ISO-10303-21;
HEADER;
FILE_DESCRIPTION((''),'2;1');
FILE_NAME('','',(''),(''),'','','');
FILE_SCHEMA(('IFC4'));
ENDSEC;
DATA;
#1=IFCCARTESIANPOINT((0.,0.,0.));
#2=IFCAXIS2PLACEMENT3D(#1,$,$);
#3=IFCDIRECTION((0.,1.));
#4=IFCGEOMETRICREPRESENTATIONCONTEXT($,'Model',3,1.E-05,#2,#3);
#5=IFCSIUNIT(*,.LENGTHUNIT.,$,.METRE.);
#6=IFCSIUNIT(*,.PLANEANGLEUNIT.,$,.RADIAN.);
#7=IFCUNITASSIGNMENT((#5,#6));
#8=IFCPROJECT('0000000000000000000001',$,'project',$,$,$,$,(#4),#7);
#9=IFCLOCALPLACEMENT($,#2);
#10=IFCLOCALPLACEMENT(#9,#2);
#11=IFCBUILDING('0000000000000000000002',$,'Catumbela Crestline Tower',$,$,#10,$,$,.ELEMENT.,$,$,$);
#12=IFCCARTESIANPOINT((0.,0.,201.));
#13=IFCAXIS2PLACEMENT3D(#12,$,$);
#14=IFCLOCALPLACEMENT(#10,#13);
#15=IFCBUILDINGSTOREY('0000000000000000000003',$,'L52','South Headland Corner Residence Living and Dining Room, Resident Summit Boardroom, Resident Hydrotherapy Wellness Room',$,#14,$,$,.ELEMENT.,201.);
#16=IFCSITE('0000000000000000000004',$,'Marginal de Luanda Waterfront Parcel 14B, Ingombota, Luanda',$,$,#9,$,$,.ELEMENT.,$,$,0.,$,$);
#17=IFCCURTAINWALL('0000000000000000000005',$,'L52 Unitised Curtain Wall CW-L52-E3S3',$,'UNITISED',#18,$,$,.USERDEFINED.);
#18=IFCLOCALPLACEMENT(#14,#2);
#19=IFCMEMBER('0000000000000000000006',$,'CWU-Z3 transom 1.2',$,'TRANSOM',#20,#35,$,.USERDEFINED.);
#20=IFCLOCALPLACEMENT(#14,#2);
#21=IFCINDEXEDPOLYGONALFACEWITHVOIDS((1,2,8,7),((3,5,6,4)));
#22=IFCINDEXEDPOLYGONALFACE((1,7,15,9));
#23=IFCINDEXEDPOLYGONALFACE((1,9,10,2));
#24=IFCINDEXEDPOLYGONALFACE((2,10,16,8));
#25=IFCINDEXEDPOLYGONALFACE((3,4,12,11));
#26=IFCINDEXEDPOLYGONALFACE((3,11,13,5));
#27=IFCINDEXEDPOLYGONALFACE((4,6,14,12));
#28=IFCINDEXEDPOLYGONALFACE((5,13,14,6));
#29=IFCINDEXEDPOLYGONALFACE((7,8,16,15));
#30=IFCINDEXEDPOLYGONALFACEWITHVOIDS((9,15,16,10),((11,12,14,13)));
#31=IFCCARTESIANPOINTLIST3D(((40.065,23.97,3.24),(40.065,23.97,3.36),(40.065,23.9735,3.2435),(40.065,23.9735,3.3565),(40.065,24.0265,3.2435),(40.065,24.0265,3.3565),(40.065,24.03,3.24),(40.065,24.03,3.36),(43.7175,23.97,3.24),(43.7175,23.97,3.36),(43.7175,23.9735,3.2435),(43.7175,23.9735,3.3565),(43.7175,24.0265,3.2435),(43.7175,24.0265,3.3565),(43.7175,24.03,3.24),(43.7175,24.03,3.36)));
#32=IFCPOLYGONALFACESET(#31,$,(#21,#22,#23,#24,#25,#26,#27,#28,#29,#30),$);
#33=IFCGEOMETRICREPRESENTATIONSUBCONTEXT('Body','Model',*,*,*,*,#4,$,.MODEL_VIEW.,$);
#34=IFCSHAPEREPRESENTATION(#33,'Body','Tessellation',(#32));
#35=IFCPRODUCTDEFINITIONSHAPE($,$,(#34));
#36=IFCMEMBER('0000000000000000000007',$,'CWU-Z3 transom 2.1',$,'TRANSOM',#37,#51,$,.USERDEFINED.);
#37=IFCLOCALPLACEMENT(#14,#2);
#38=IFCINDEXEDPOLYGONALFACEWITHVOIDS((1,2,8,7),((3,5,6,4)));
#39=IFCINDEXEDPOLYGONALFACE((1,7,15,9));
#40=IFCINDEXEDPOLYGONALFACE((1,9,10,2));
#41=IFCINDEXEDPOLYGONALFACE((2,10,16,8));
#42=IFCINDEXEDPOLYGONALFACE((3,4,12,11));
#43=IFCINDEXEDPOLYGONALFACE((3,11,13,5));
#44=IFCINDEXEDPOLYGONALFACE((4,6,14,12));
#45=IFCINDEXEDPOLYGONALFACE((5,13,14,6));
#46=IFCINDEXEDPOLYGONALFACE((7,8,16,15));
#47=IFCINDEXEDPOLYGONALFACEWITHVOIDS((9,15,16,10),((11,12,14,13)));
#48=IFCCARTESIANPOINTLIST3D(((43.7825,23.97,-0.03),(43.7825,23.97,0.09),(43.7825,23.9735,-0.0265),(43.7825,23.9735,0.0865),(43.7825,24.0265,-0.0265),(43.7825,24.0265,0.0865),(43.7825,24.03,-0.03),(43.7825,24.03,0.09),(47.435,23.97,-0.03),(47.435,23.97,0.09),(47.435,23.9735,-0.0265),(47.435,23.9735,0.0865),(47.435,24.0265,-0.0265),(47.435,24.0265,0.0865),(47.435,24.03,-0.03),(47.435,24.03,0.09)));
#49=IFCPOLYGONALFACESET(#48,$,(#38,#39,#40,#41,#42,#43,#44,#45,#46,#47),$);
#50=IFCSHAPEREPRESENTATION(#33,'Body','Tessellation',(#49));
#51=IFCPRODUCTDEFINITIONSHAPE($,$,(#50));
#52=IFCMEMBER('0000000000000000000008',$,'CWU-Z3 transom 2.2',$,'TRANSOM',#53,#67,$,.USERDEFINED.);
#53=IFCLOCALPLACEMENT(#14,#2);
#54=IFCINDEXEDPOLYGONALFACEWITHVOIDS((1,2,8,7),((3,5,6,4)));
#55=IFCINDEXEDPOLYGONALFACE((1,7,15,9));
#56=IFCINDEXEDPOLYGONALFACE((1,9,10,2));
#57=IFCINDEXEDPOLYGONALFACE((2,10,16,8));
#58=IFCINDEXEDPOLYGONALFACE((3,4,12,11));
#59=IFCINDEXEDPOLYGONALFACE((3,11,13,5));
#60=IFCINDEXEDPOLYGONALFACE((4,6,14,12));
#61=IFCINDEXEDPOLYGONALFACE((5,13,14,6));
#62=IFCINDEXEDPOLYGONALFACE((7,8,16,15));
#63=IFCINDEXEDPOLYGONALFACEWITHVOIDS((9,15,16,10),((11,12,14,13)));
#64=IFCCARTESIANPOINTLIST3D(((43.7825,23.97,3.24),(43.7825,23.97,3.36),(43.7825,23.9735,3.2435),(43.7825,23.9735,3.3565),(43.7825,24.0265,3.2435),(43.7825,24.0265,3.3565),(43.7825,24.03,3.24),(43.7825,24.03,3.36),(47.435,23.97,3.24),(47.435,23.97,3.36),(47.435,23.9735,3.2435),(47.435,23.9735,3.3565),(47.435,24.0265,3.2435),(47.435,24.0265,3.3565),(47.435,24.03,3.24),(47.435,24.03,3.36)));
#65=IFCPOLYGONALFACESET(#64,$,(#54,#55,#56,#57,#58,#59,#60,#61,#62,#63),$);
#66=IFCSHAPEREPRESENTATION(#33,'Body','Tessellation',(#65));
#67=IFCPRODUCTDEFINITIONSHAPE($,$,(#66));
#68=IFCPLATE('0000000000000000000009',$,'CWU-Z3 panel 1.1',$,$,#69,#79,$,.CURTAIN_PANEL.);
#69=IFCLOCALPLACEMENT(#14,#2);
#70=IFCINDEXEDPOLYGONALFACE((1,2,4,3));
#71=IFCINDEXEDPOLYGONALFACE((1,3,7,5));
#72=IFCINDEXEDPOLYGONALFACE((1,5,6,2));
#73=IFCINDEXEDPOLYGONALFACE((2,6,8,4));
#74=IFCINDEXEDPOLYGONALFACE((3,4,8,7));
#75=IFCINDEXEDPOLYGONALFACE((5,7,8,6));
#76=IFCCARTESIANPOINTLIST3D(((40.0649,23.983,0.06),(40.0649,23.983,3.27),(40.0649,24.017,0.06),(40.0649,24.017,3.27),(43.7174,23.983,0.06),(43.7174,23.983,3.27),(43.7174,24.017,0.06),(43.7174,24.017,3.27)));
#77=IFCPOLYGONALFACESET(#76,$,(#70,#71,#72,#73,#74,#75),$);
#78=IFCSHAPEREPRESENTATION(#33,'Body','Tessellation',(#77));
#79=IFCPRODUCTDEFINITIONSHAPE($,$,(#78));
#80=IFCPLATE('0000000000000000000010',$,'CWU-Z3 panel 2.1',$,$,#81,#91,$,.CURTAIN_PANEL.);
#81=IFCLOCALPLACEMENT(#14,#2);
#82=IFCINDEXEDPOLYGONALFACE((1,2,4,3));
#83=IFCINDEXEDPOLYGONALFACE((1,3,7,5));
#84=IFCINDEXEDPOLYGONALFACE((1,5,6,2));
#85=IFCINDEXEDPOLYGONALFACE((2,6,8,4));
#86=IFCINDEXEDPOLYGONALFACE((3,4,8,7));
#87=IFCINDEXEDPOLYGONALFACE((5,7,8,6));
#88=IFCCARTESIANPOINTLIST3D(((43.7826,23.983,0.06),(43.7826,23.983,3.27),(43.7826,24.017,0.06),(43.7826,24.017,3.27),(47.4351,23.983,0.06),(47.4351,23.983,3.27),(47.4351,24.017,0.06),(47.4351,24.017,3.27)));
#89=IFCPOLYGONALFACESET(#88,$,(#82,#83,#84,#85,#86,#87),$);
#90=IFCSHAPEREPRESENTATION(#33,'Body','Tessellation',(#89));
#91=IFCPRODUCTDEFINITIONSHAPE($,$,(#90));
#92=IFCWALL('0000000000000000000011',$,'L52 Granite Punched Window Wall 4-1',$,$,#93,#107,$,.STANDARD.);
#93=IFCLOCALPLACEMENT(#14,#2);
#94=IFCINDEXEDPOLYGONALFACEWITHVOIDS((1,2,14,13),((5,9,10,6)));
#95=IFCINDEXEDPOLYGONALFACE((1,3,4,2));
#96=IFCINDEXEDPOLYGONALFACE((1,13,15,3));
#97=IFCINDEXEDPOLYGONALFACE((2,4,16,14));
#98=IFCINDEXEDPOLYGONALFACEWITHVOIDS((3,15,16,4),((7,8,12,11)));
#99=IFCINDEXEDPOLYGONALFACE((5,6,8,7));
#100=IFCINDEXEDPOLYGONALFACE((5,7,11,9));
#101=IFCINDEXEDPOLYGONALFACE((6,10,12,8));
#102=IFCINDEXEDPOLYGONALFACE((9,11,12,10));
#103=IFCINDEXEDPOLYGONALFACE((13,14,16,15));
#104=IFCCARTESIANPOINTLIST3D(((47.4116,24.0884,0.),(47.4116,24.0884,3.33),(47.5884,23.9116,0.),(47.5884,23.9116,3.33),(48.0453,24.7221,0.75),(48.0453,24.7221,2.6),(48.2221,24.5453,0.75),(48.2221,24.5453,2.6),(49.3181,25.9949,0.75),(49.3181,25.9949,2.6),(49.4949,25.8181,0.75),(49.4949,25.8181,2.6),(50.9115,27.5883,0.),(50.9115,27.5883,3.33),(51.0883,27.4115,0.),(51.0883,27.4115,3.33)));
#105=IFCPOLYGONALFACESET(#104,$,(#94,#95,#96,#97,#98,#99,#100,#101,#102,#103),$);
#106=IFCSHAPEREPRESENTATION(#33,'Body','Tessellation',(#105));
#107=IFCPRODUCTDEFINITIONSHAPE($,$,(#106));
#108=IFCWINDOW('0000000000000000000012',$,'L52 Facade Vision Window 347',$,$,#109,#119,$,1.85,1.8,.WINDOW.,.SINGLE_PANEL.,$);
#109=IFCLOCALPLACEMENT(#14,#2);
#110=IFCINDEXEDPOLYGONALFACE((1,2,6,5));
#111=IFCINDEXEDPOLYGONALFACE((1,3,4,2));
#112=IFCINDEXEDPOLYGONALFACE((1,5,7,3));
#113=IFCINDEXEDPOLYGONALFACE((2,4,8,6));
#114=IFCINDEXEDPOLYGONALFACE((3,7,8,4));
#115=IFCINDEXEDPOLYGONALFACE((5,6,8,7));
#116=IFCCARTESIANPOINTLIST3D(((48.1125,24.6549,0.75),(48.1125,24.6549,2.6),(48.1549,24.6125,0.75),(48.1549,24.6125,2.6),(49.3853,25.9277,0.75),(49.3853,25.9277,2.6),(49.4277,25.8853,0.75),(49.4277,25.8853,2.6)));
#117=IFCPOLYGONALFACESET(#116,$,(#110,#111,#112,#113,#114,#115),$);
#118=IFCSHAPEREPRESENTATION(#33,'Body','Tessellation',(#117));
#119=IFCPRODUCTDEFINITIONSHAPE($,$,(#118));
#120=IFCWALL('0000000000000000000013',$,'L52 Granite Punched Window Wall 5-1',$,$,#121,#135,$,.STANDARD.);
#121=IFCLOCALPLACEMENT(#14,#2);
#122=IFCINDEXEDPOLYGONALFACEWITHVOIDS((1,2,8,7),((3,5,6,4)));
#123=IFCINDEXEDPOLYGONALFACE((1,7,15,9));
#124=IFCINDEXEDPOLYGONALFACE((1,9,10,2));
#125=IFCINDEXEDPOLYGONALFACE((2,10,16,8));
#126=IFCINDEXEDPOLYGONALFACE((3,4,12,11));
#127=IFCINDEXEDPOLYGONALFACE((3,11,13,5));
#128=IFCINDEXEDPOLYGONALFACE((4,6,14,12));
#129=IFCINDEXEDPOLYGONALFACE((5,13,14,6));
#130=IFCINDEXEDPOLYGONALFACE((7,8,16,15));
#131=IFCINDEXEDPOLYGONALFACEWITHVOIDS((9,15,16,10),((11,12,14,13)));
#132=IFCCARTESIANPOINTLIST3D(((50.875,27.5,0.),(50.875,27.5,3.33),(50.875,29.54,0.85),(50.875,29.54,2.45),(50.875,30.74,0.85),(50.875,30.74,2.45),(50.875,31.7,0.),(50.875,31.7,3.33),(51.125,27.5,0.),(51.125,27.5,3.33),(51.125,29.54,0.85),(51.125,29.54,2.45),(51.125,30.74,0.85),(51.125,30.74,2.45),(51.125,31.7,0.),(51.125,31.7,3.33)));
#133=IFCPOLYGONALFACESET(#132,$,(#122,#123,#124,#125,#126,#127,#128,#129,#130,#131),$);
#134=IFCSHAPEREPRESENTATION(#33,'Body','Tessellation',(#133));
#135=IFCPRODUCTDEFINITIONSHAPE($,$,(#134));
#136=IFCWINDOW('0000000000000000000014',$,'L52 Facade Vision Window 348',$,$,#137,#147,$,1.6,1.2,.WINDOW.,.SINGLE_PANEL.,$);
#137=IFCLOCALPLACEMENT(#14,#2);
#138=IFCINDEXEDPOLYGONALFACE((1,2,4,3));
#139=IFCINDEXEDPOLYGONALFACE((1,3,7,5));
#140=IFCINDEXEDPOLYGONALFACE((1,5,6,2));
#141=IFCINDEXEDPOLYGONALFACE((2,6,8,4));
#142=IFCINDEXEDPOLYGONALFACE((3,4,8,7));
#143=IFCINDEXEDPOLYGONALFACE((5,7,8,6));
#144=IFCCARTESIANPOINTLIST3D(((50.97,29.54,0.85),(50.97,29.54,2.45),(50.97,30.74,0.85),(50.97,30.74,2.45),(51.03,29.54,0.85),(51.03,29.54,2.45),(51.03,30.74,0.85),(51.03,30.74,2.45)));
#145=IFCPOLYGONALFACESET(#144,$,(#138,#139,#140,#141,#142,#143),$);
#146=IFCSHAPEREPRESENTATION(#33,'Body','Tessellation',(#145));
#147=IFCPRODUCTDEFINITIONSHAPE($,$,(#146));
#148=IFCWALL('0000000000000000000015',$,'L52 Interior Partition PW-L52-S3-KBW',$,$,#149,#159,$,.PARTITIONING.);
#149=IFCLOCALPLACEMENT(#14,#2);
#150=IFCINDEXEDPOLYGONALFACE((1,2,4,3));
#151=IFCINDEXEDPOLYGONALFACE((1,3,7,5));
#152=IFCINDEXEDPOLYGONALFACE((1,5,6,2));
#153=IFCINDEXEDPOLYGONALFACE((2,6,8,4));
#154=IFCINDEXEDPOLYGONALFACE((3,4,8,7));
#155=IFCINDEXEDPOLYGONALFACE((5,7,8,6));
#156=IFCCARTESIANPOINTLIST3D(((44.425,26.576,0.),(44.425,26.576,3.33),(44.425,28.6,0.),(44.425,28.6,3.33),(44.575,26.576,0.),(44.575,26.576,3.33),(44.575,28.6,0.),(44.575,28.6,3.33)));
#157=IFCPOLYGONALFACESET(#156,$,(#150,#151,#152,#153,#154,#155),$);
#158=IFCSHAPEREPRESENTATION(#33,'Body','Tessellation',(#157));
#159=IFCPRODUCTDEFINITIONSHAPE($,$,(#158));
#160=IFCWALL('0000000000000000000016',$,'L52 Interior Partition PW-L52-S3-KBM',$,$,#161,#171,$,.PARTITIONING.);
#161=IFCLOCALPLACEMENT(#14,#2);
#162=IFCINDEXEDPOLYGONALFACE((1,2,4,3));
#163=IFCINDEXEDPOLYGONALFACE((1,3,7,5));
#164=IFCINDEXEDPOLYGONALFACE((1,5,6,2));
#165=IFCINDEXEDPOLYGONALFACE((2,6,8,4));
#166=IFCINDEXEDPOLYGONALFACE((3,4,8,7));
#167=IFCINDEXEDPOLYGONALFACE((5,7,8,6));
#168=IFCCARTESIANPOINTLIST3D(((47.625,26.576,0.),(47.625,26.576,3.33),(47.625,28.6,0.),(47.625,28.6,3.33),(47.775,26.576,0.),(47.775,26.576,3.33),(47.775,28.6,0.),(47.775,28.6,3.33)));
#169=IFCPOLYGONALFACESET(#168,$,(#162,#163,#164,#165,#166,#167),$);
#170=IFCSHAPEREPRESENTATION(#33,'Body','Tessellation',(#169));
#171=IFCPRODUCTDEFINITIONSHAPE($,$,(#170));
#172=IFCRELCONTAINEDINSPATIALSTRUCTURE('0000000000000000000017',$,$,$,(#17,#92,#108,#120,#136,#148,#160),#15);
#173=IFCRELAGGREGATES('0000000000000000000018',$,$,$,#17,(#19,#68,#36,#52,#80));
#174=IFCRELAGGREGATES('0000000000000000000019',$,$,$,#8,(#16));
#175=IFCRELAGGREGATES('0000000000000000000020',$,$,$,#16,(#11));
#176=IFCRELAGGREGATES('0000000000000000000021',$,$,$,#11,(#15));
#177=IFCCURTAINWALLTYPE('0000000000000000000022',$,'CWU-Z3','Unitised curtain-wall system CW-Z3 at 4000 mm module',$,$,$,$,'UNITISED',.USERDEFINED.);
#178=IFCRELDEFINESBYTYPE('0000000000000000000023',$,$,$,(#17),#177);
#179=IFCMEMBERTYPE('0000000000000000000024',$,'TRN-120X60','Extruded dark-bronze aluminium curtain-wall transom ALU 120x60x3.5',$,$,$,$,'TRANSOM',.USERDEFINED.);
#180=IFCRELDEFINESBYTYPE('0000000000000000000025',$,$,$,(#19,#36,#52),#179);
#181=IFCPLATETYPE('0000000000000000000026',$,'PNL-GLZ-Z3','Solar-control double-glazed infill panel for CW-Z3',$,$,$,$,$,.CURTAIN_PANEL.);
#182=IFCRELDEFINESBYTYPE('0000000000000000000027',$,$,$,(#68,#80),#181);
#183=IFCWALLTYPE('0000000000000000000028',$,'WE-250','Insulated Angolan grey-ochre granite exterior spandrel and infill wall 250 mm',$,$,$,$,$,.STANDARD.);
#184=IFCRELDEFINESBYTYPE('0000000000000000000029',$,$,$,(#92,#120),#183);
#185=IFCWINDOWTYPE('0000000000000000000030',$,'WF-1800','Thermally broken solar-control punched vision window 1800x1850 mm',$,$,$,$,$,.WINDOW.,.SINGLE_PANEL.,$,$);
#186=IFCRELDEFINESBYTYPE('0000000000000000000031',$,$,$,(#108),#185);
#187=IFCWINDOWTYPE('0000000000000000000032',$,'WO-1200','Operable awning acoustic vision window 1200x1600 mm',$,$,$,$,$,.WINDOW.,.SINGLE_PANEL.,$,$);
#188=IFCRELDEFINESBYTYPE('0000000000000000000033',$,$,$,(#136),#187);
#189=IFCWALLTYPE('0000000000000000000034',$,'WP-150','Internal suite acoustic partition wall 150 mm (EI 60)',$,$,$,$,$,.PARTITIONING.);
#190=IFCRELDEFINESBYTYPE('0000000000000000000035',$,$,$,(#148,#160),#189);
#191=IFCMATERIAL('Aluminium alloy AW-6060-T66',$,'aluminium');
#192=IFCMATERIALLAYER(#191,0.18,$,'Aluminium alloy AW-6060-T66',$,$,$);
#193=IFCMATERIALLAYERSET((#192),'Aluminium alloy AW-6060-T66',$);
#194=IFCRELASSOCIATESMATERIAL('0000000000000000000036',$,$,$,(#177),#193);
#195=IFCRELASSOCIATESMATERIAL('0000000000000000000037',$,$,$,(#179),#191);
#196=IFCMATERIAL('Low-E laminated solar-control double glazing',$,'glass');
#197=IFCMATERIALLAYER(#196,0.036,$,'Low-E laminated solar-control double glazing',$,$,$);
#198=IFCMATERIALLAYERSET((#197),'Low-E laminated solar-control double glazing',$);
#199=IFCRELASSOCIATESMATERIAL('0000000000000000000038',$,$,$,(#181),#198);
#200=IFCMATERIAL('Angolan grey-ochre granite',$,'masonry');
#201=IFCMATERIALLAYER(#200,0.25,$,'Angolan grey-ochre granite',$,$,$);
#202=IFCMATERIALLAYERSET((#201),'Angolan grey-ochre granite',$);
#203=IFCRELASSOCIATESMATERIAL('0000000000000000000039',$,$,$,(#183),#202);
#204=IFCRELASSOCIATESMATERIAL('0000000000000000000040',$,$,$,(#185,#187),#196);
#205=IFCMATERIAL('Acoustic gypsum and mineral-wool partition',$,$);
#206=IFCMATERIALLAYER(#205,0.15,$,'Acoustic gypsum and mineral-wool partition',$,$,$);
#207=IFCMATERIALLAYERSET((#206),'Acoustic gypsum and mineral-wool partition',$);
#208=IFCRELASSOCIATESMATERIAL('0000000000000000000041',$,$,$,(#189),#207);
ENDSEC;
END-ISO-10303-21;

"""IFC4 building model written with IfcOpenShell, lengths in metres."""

from ifc_helpers import new_model, si_unit, direction, frame, frame_2d, origin, origin_2d, place, context, subcontext, project, spatial, rectangle, hollow_rectangle, extrude, material, layer, layer_set, material_profile, profile_set, type_object, element, fill, aggregate, save


model = new_model("IFC4")

# Units and contexts
model_context = context("Model", 3, precision=1e-05, world=origin(), true_north=direction((0.0, 1.0)))
body_context = subcontext(model_context, "Body", "Model", "MODEL_VIEW")
ifc_project = project(units=[si_unit("LENGTHUNIT", "METRE"), si_unit("PLANEANGLEUNIT", "RADIAN")], contexts=[model_context])

# Site, building, storey
site_placement = place(None, origin())
site = spatial("IfcSite", under=ifc_project, at=site_placement, Name="Marginal de Luanda Waterfront Parcel 14B, Ingombota, Luanda", CompositionType="ELEMENT", RefElevation=0.0)
building_placement = place(site_placement, origin())
building = spatial("IfcBuilding", under=site, at=building_placement, Name="Catumbela Crestline Tower", CompositionType="ELEMENT")
storey_placement = place(building_placement, frame((0.0, 0.0, 201.0)))
storey = spatial("IfcBuildingStorey", under=building, at=storey_placement, Name="L52", Description="South Headland Corner Residence Living and Dining Room, Resident Summit Boardroom, Resident Hydrotherapy Wellness Room", CompositionType="ELEMENT", Elevation=201.0)

# Curtain wall, members, plates
ifc_material_1 = material(Name="Aluminium alloy AW-6060-T66", Category="aluminium")
ifc_layer_1 = layer(ifc_material_1, 0.18, Name="Aluminium alloy AW-6060-T66")
ifc_layer_set_1 = layer_set([ifc_layer_1], Name="Aluminium alloy AW-6060-T66")
curtain_wall_type = type_object("IfcCurtainWallType", Name="CWU-Z3", Description="Unitised curtain-wall system CW-Z3 at 4000 mm module", ElementType="UNITISED", PredefinedType="USERDEFINED", material=ifc_layer_set_1)
curtain_wall_placement = place(storey_placement, origin())
curtain_wall = element("IfcCurtainWall", 1, at=curtain_wall_placement, inside=storey, type_object=curtain_wall_type, Name="L52 Unitised Curtain Wall CW-L52-E3S3", ObjectType="UNITISED", PredefinedType="USERDEFINED")
ifc_material_profile_1 = material_profile(ifc_material_1, hollow_rectangle(XDim=0.06, YDim=0.12, WallThickness=0.0035, at=origin_2d()), Name="ALU 120x60x3.5")
ifc_profile_set_1 = profile_set([ifc_material_profile_1], Name="Aluminium alloy AW-6060-T66")
member_type_1 = type_object("IfcMemberType", Name="TRN-120X60", Description="Extruded dark-bronze aluminium curtain-wall transom ALU 120x60x3.5", ElementType="TRANSOM", PredefinedType="USERDEFINED", material=ifc_profile_set_1)
member_1_placement = place(storey_placement, frame((40.065, 24.0, 3.3), z_axis=(1.0, 0.0, 0.0), x_axis=(0.0, 1.0, 0.0)))
member_1 = element("IfcMember", 2, at=member_1_placement, type_object=member_type_1, Name="CWU-Z3 transom 1.2", ObjectType="TRANSOM", PredefinedType="USERDEFINED", context=body_context, shape_type="SweptSolid", body=[
    extrude(hollow_rectangle(XDim=0.06, YDim=0.12, WallThickness=0.0035, at=origin_2d()), origin(), (0.0, 0.0, 1.0), 3.6525),
])
member_2_placement = place(storey_placement, frame((43.7825, 24.0, 0.03), z_axis=(1.0, 0.0, 0.0), x_axis=(0.0, 1.0, 0.0)))
member_2 = element("IfcMember", 3, at=member_2_placement, type_object=member_type_1, Name="CWU-Z3 transom 2.1", ObjectType="TRANSOM", PredefinedType="USERDEFINED", context=body_context, shape_type="SweptSolid", body=[
    extrude(hollow_rectangle(XDim=0.06, YDim=0.12, WallThickness=0.0035, at=origin_2d()), origin(), (0.0, 0.0, 1.0), 3.6525),
])
member_3_placement = place(storey_placement, frame((43.7825, 24.0, 3.3), z_axis=(1.0, 0.0, 0.0), x_axis=(0.0, 1.0, 0.0)))
member_3 = element("IfcMember", 4, at=member_3_placement, type_object=member_type_1, Name="CWU-Z3 transom 2.2", ObjectType="TRANSOM", PredefinedType="USERDEFINED", context=body_context, shape_type="SweptSolid", body=[
    extrude(hollow_rectangle(XDim=0.06, YDim=0.12, WallThickness=0.0035, at=origin_2d()), origin(), (0.0, 0.0, 1.0), 3.6525),
])
ifc_material_2 = material(Name="Low-E laminated solar-control double glazing", Category="glass")
ifc_layer_2 = layer(ifc_material_2, 0.036, Name="Low-E laminated solar-control double glazing")
ifc_layer_set_2 = layer_set([ifc_layer_2], Name="Low-E laminated solar-control double glazing")
plate_type = type_object("IfcPlateType", Name="PNL-GLZ-Z3", Description="Solar-control double-glazed infill panel for CW-Z3", PredefinedType="CURTAIN_PANEL", material=ifc_layer_set_2)
plate_1_placement = place(storey_placement, frame((41.8912, 24.0, 0.06), z_axis=(0.0, 0.0, 1.0), x_axis=(1.0, 0.0, 0.0)))
plate_1 = element("IfcPlate", 5, at=plate_1_placement, type_object=plate_type, Name="CWU-Z3 panel 1.1", PredefinedType="CURTAIN_PANEL", context=body_context, shape_type="SweptSolid", body=[
    extrude(rectangle(XDim=3.6525, YDim=0.034, at=origin_2d()), origin(), (0.0, 0.0, 1.0), 3.21),
])
plate_2_placement = place(storey_placement, frame((45.6088, 24.0, 0.06), z_axis=(0.0, 0.0, 1.0), x_axis=(1.0, 0.0, 0.0)))
plate_2 = element("IfcPlate", 6, at=plate_2_placement, type_object=plate_type, Name="CWU-Z3 panel 2.1", PredefinedType="CURTAIN_PANEL", context=body_context, shape_type="SweptSolid", body=[
    extrude(rectangle(XDim=3.6525, YDim=0.034, at=origin_2d()), origin(), (0.0, 0.0, 1.0), 3.21),
])
aggregate(curtain_wall, [member_1, plate_1, member_2, member_3, plate_2])

# Walls, openings, windows
ifc_material_3 = material(Name="Angolan grey-ochre granite", Category="masonry")
ifc_layer_3 = layer(ifc_material_3, 0.25, Name="Angolan grey-ochre granite")
ifc_layer_set_3 = layer_set([ifc_layer_3], Name="Angolan grey-ochre granite")
wall_type_1 = type_object("IfcWallType", Name="WE-250", Description="Insulated Angolan grey-ochre granite exterior spandrel and infill wall 250 mm", PredefinedType="STANDARD", material=ifc_layer_set_3)
wall_1_placement = place(storey_placement, frame((47.5, 24.0, 0.0), z_axis=(0.0, 0.0, 1.0), x_axis=(0.707107, 0.707107, 0.0)))
wall_1 = element("IfcWall", 7, at=wall_1_placement, inside=storey, type_object=wall_type_1, Name="L52 Granite Punched Window Wall 4-1", PredefinedType="STANDARD", context=body_context, shape_type="SweptSolid", body=[
    extrude(rectangle(XDim=4.9497, YDim=0.25, at=frame_2d((2.4748, 0.0))), origin(), (0.0, 0.0, 1.0), 3.33),
])
opening_1_placement = place(wall_1_placement, frame((0.8962, 0.0, 0.75)))
opening_1 = element("IfcOpeningElement", 8, at=opening_1_placement, cuts=wall_1, PredefinedType="OPENING", context=body_context, shape_type="SweptSolid", body=[
    extrude(rectangle(XDim=1.8, YDim=1.85, at=frame_2d((0.9, 0.925))), frame((0.0, 0.135, 0.0), z_axis=(0.0, -1.0, 0.0), x_axis=(1.0, 0.0, 0.0)), (0.0, 0.0, 1.0), 0.27),
])
window_type_1 = type_object("IfcWindowType", Name="WF-1800", Description="Thermally broken solar-control punched vision window 1800x1850 mm", PartitioningType="SINGLE_PANEL", PredefinedType="WINDOW", material=ifc_material_2)
window_1_placement = place(opening_1_placement, origin())
window_1 = element("IfcWindow", 9, at=window_1_placement, inside=storey, type_object=window_type_1, Name="L52 Facade Vision Window 347", OverallHeight=1.85, OverallWidth=1.8, PartitioningType="SINGLE_PANEL", PredefinedType="WINDOW", context=body_context, shape_type="SweptSolid", body=[
    extrude(rectangle(XDim=1.8, YDim=1.85, at=frame_2d((0.9, 0.925))), frame((0.0, 0.03, 0.0), z_axis=(0.0, -1.0, 0.0), x_axis=(1.0, 0.0, 0.0)), (0.0, 0.0, 1.0), 0.06),
])
fill(opening_1, window_1)
wall_2_placement = place(storey_placement, frame((51.0, 27.5, 0.0), z_axis=(0.0, 0.0, 1.0), x_axis=(0.0, 1.0, 0.0)))
wall_2 = element("IfcWall", 10, at=wall_2_placement, inside=storey, type_object=wall_type_1, Name="L52 Granite Punched Window Wall 5-1", PredefinedType="STANDARD", context=body_context, shape_type="SweptSolid", body=[
    extrude(rectangle(XDim=4.2, YDim=0.25, at=frame_2d((2.1, 0.0))), origin(), (0.0, 0.0, 1.0), 3.33),
])
opening_2_placement = place(wall_2_placement, frame((2.04, 0.0, 0.85)))
opening_2 = element("IfcOpeningElement", 11, at=opening_2_placement, cuts=wall_2, PredefinedType="OPENING", context=body_context, shape_type="SweptSolid", body=[
    extrude(rectangle(XDim=1.2, YDim=1.6, at=frame_2d((0.6, 0.8))), frame((0.0, 0.135, 0.0), z_axis=(0.0, -1.0, 0.0), x_axis=(1.0, 0.0, 0.0)), (0.0, 0.0, 1.0), 0.27),
])
window_type_2 = type_object("IfcWindowType", Name="WO-1200", Description="Operable awning acoustic vision window 1200x1600 mm", PartitioningType="SINGLE_PANEL", PredefinedType="WINDOW", material=ifc_material_2)
window_2_placement = place(opening_2_placement, origin())
window_2 = element("IfcWindow", 12, at=window_2_placement, inside=storey, type_object=window_type_2, Name="L52 Facade Vision Window 348", OverallHeight=1.6, OverallWidth=1.2, PartitioningType="SINGLE_PANEL", PredefinedType="WINDOW", context=body_context, shape_type="SweptSolid", body=[
    extrude(rectangle(XDim=1.2, YDim=1.6, at=frame_2d((0.6, 0.8))), frame((0.0, 0.03, 0.0), z_axis=(0.0, -1.0, 0.0), x_axis=(1.0, 0.0, 0.0)), (0.0, 0.0, 1.0), 0.06),
])
fill(opening_2, window_2)

# Walls
ifc_material_4 = material(Name="Acoustic gypsum and mineral-wool partition")
ifc_layer_4 = layer(ifc_material_4, 0.15, Name="Acoustic gypsum and mineral-wool partition")
ifc_layer_set_4 = layer_set([ifc_layer_4], Name="Acoustic gypsum and mineral-wool partition")
wall_type_2 = type_object("IfcWallType", Name="WP-150", Description="Internal suite acoustic partition wall 150 mm (EI 60)", PredefinedType="PARTITIONING", material=ifc_layer_set_4)
for number, where, z_axis, x_axis, name in (
    (13, (44.5, 26.576, 0.0), (0.0, 0.0, 1.0), (0.0, 1.0, 0.0), "L52 Interior Partition PW-L52-S3-KBW"),
    (14, (47.7, 26.576, 0.0), (0.0, 0.0, 1.0), (0.0, 1.0, 0.0), "L52 Interior Partition PW-L52-S3-KBM"),
):
    element("IfcWall", number, at=place(storey_placement, frame(where, z_axis=z_axis, x_axis=x_axis)), inside=storey, type_object=wall_type_2, Name=name, PredefinedType="PARTITIONING", context=body_context, shape_type="SweptSolid", body=[
        extrude(rectangle(XDim=2.024, YDim=0.15, at=frame_2d((1.012, 0.0))), origin(), (0.0, 0.0, 1.0), 3.33),
    ])

save(model, "model.ifc")
